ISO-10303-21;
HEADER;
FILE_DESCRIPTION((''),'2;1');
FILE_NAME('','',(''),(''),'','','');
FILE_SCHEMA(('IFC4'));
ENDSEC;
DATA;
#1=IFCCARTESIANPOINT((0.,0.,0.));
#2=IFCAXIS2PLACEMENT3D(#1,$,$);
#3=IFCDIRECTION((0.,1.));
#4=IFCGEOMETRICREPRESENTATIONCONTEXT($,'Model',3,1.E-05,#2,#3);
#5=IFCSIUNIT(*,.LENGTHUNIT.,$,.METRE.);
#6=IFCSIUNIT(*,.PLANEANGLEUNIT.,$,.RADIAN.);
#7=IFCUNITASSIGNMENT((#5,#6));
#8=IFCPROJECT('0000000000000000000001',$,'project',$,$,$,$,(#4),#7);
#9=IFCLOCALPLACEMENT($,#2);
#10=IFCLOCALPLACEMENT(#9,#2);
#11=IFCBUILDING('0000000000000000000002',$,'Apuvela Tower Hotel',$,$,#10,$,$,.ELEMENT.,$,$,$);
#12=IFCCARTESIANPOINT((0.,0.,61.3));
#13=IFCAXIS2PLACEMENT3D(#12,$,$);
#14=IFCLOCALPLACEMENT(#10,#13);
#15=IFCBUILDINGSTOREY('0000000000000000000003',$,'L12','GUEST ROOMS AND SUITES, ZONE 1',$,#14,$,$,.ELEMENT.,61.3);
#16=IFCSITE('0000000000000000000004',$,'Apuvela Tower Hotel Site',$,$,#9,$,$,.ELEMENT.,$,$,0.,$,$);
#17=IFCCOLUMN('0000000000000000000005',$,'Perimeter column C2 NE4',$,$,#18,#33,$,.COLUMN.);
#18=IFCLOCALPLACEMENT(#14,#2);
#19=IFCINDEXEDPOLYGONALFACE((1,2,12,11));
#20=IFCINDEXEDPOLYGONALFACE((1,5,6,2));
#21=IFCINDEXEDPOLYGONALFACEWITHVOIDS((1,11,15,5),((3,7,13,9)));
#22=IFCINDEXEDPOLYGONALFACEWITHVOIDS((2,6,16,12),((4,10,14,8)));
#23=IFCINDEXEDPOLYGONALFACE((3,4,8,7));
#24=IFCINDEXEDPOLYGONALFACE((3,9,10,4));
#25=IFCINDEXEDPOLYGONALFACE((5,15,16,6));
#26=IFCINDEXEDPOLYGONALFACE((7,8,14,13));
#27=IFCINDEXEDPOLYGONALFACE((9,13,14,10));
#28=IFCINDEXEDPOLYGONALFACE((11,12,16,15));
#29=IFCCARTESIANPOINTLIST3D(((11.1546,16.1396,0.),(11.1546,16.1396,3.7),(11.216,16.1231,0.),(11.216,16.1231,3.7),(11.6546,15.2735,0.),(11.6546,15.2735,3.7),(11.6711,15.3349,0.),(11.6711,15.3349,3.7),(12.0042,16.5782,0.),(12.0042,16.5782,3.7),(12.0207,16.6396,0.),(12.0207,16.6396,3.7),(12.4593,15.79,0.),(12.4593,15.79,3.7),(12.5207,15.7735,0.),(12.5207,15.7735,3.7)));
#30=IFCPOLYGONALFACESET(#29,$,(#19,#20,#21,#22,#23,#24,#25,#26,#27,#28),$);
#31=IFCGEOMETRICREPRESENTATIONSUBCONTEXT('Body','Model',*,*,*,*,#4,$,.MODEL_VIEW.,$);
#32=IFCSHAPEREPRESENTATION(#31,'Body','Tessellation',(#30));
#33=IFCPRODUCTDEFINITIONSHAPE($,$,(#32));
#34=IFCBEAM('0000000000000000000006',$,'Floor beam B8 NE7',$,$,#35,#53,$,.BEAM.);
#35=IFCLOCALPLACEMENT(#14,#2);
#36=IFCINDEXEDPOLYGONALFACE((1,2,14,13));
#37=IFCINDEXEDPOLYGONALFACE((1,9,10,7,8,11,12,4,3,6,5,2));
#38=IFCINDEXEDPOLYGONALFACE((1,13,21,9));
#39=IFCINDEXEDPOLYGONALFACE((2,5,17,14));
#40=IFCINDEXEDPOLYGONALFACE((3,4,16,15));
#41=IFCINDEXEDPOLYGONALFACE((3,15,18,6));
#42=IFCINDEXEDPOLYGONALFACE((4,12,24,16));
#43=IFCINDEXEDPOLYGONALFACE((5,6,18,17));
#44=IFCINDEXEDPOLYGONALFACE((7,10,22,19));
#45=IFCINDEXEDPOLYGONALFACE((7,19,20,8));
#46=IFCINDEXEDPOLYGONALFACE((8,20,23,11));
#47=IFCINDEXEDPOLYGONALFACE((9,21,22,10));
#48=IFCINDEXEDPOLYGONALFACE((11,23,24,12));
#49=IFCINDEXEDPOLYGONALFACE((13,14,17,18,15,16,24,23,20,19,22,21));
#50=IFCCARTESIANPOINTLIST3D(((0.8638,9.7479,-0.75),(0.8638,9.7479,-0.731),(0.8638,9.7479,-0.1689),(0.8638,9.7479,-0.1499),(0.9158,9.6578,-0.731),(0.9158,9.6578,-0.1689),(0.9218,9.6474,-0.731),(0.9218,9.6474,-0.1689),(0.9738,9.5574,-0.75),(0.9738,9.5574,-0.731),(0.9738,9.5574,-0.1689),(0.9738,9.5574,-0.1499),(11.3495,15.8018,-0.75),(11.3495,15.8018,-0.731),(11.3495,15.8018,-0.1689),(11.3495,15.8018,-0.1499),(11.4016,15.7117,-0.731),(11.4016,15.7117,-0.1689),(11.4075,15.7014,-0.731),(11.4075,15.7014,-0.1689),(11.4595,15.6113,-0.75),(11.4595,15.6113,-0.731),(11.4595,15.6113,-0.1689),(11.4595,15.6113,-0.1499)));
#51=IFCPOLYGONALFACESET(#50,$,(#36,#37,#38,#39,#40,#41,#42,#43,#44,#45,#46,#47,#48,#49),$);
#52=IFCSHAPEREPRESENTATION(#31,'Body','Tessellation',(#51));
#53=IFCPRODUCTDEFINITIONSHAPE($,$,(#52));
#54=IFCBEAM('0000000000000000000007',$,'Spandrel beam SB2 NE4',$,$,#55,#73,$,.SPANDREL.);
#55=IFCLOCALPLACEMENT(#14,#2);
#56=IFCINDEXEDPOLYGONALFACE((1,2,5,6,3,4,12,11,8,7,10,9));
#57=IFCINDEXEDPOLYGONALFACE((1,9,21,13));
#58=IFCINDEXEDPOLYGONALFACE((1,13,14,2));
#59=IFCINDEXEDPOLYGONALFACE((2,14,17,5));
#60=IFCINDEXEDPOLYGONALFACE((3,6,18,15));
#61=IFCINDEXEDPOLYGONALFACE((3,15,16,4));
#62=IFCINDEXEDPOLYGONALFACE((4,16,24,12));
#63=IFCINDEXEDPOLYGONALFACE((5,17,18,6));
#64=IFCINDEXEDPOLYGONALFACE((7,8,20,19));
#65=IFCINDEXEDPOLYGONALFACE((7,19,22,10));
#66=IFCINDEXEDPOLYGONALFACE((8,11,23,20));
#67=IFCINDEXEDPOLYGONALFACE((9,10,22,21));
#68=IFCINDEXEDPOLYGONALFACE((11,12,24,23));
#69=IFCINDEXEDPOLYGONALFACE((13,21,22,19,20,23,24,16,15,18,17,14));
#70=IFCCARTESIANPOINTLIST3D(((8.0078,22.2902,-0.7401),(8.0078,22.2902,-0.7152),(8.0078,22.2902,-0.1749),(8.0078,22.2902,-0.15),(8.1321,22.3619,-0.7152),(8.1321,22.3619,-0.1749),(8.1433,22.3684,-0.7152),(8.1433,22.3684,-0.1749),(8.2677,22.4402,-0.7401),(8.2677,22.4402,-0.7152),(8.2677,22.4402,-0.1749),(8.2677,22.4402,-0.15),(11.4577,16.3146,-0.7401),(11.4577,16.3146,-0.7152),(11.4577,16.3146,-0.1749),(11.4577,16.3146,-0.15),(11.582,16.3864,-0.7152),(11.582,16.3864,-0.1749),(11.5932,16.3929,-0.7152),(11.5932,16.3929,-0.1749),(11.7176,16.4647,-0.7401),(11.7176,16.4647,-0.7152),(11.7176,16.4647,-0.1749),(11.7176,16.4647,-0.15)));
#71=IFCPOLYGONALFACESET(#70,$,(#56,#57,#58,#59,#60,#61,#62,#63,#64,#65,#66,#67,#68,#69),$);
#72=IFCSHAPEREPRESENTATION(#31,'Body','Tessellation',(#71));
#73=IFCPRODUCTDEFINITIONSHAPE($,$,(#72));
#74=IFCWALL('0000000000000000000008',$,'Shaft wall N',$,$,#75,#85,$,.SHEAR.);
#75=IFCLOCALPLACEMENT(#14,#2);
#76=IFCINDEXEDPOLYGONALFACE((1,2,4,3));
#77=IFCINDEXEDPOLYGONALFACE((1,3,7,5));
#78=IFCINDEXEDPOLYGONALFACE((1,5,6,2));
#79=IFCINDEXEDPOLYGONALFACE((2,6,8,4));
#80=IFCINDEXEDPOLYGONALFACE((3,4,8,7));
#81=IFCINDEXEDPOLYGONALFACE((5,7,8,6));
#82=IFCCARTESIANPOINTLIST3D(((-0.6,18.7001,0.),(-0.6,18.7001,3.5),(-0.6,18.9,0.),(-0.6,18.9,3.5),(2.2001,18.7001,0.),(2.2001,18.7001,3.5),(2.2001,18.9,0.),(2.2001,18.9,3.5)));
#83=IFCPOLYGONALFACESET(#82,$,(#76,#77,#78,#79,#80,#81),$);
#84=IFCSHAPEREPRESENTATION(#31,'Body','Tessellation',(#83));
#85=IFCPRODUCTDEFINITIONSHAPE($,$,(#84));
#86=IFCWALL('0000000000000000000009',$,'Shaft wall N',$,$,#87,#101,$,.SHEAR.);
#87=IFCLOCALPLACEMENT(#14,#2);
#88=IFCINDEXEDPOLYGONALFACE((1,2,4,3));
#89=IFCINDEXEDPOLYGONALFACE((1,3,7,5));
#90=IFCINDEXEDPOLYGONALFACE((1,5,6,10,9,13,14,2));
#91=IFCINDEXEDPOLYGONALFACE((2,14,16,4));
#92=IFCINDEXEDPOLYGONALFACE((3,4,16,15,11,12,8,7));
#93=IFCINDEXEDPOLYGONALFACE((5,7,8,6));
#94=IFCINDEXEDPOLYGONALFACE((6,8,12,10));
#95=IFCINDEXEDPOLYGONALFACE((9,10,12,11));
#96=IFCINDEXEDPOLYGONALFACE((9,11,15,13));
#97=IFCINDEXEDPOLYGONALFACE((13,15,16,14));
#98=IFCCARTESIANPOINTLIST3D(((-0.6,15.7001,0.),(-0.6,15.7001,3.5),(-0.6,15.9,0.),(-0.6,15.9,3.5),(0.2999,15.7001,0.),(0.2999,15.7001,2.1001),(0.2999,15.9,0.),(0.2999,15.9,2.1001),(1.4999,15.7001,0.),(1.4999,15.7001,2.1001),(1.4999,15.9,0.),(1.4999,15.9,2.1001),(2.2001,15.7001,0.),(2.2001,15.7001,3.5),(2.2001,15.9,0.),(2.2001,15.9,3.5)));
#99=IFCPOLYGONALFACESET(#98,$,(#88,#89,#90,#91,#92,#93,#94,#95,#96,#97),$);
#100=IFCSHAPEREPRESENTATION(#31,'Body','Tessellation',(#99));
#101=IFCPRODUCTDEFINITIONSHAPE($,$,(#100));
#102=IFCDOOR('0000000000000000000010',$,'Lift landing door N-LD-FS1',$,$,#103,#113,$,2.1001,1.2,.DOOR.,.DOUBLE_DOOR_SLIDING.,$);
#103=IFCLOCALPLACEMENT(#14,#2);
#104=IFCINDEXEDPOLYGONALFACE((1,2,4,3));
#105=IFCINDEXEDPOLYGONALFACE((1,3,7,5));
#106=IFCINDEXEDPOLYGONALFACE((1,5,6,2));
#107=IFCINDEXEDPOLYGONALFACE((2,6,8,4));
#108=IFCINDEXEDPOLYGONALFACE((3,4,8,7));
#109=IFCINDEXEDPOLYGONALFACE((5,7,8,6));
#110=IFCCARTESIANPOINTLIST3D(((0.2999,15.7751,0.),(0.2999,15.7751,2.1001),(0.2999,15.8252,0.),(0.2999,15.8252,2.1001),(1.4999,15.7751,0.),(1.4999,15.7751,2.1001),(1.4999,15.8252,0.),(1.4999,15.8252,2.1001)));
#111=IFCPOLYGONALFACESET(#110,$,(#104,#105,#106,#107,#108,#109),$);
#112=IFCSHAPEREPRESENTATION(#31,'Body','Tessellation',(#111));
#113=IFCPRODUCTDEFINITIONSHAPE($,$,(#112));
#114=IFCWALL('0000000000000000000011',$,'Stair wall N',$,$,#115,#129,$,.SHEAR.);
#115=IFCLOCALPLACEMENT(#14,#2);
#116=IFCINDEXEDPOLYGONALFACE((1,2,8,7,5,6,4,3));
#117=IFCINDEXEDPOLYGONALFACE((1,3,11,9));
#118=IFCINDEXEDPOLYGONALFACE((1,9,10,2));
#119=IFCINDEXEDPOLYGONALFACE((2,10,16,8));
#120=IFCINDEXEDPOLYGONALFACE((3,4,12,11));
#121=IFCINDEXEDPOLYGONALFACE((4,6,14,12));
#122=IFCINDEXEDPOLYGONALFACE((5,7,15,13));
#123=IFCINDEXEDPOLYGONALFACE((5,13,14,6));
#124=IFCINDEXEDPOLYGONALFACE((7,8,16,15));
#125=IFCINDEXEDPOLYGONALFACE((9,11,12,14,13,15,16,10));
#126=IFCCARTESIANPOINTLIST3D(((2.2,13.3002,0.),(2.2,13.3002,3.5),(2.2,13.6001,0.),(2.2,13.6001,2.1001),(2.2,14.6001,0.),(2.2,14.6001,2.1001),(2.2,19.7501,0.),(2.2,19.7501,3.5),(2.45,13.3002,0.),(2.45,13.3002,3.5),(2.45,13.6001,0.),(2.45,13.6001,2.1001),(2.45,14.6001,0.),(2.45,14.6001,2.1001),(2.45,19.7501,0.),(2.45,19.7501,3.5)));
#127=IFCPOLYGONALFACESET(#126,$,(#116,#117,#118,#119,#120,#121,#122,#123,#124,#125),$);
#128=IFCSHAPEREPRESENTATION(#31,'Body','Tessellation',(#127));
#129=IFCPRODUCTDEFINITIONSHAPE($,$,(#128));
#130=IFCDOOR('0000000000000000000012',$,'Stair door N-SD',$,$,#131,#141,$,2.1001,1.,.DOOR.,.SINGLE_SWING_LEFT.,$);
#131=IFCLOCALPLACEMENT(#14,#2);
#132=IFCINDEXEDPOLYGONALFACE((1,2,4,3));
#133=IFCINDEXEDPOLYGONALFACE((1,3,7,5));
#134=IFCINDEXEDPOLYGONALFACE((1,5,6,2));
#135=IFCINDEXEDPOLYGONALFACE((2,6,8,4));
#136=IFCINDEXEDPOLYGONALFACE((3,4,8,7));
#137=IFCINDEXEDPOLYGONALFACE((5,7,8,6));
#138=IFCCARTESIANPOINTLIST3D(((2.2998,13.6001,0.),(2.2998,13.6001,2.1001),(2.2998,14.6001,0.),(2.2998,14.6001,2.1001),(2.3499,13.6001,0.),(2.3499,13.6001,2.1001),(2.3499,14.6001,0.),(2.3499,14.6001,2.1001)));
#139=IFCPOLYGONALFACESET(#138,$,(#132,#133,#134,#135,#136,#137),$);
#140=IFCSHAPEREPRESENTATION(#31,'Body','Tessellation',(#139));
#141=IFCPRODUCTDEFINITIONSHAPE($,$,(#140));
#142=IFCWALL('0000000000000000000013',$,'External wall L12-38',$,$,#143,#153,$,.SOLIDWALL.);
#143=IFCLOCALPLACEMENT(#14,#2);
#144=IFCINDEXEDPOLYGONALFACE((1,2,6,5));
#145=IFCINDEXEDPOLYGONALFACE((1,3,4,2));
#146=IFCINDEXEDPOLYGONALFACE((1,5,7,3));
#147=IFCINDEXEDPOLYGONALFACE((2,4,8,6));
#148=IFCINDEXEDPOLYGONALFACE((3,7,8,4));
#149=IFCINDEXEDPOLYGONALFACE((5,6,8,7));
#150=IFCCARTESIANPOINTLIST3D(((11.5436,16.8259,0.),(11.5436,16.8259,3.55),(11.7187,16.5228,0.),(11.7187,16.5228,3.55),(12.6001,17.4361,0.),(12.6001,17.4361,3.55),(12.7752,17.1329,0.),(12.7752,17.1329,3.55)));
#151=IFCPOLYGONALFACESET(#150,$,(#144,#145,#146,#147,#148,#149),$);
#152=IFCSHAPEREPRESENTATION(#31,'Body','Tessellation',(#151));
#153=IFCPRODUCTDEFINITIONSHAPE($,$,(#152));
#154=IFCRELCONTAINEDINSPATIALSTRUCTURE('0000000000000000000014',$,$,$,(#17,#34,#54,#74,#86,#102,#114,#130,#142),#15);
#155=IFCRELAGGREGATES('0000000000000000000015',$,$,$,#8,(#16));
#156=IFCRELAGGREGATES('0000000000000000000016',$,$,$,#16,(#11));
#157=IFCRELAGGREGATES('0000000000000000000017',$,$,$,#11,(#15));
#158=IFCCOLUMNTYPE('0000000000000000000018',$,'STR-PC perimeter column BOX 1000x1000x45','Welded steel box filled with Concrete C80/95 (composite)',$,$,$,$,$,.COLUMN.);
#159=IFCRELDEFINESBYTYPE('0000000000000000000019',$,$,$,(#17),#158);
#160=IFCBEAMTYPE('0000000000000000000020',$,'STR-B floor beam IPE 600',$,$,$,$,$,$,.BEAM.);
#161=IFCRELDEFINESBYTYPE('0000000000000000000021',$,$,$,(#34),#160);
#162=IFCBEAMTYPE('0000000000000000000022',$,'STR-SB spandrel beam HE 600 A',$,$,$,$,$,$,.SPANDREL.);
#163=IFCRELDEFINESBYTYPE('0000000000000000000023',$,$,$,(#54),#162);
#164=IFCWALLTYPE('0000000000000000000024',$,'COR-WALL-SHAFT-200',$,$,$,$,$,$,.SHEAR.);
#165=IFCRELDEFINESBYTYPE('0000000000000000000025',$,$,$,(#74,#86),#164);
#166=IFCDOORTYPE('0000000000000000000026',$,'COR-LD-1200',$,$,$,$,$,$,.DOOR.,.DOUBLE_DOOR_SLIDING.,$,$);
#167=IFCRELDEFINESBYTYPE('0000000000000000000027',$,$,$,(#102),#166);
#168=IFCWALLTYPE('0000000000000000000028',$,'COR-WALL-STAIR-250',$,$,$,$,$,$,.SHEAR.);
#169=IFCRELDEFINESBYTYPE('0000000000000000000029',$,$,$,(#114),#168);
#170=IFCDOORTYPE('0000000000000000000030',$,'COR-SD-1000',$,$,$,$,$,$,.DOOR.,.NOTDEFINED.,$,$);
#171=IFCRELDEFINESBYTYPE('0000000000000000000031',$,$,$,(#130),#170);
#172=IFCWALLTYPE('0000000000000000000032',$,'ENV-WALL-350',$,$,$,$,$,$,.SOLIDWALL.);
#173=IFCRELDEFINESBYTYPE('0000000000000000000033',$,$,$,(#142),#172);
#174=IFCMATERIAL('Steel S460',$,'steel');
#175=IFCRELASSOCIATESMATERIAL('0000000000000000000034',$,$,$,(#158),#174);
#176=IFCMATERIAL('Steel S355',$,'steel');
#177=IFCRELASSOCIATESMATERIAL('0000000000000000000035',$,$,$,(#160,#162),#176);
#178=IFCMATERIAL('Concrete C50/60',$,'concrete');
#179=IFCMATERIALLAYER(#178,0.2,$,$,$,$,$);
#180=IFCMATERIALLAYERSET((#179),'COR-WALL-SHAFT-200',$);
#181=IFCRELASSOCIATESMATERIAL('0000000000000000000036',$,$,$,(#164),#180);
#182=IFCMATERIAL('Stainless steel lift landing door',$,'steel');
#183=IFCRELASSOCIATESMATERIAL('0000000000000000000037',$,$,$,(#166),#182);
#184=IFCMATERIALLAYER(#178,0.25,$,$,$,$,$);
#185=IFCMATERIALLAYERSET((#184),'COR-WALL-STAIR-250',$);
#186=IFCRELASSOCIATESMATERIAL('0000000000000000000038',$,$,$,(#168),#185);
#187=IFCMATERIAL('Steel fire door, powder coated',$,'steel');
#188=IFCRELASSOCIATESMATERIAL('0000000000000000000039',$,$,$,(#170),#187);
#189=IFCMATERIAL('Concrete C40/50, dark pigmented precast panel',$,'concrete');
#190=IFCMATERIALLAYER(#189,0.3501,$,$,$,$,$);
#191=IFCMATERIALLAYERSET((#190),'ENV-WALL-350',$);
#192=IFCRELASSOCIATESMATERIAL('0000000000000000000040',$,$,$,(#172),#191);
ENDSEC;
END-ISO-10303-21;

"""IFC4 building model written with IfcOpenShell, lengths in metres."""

from ifc_helpers import new_model, si_unit, direction, frame, frame_2d, origin, origin_2d, place, context, subcontext, project, spatial, rectangle, hollow_rectangle, i_section, extrude, material, layer, layer_set, material_profile, profile_set, type_object, element, fill, save


model = new_model("IFC4")

# Units and contexts
model_context = context("Model", 3, precision=1e-05, world=origin(), true_north=direction((0.0, 1.0)))
body_context = subcontext(model_context, "Body", "Model", "MODEL_VIEW")
ifc_project = project(units=[si_unit("LENGTHUNIT", "METRE"), si_unit("PLANEANGLEUNIT", "RADIAN")], contexts=[model_context])

# Site, building, storey
site_placement = place(None, origin())
site = spatial("IfcSite", under=ifc_project, at=site_placement, Name="Apuvela Tower Hotel Site", CompositionType="ELEMENT", RefElevation=0.0)
building_placement = place(site_placement, origin())
building = spatial("IfcBuilding", under=site, at=building_placement, Name="Apuvela Tower Hotel", CompositionType="ELEMENT")
storey_placement = place(building_placement, frame((0.0, 0.0, 61.3)))
storey = spatial("IfcBuildingStorey", under=building, at=storey_placement, Name="L12", Description="GUEST ROOMS AND SUITES, ZONE 1", CompositionType="ELEMENT", Elevation=61.3)

# Column
ifc_material_1 = material(Name="Steel S460", Category="steel")
ifc_material_profile_1 = material_profile(ifc_material_1, hollow_rectangle(XDim=1.0, YDim=1.0, WallThickness=0.0449, at=origin_2d()), Name="BOX 1000x1000x45")
ifc_material_2 = material(Name="Concrete C80/95", Category="concrete")
ifc_material_profile_2 = material_profile(ifc_material_2, rectangle(XDim=0.9099, YDim=0.9099, at=origin_2d()), Name="Concrete C80/95 infill")
ifc_profile_set_1 = profile_set([ifc_material_profile_1, ifc_material_profile_2], Name="Steel S460")
column_type = type_object("IfcColumnType", Name="STR-PC perimeter column BOX 1000x1000x45", Description="Welded steel box filled with Concrete C80/95 (composite)", PredefinedType="COLUMN", material=ifc_profile_set_1)
column_placement = place(storey_placement, frame((11.8376, 15.9565, 0.0), z_axis=(0.0, 0.0, 1.0), x_axis=(-0.5, 0.866025, 0.0)))
element("IfcColumn", 1, at=column_placement, inside=storey, type_object=column_type, Name="Perimeter column C2 NE4", PredefinedType="COLUMN", context=body_context, shape_type="SweptSolid", body=[
    extrude(hollow_rectangle(XDim=1.0, YDim=1.0, WallThickness=0.0449, at=origin_2d()), origin(), (0.0, 0.0, 1.0), 3.7),
])

# Beams
ifc_material_3 = material(Name="Steel S355", Category="steel")
ifc_material_profile_3 = material_profile(ifc_material_3, i_section(OverallWidth=0.22, OverallDepth=0.6001, WebThickness=0.012, FlangeThickness=0.019, at=origin_2d()), Name="IPE 600")
ifc_profile_set_2 = profile_set([ifc_material_profile_3], Name="Steel S355")
beam_type_1 = type_object("IfcBeamType", Name="STR-B floor beam IPE 600", PredefinedType="BEAM", material=ifc_profile_set_2)
beam_1_placement = place(storey_placement, frame((11.4045, 15.7065, -0.45), z_axis=(-0.866027, -0.499997, 0.0), x_axis=(0.499997, -0.866027, 0.0)))
element("IfcBeam", 2, at=beam_1_placement, inside=storey, type_object=beam_type_1, Name="Floor beam B8 NE7", PredefinedType="BEAM", context=body_context, shape_type="SweptSolid", body=[
    extrude(i_section(OverallWidth=0.22, OverallDepth=0.6001, WebThickness=0.012, FlangeThickness=0.019, at=origin_2d()), origin(), (0.0, 0.0, 1.0), 12.1079),
])
ifc_material_profile_4 = material_profile(ifc_material_3, i_section(OverallWidth=0.3, OverallDepth=0.5901, WebThickness=0.0129, FlangeThickness=0.0249, at=origin_2d()), Name="HE 600 A")
ifc_profile_set_3 = profile_set([ifc_material_profile_4], Name="Steel S355")
beam_type_2 = type_object("IfcBeamType", Name="STR-SB spandrel beam HE 600 A", PredefinedType="SPANDREL", material=ifc_profile_set_3)
beam_2_placement = place(storey_placement, frame((11.5876, 16.3896, -0.4451), z_axis=(-0.499994, 0.866029, 0.0), x_axis=(-0.866029, -0.499994, 0.0)))
element("IfcBeam", 3, at=beam_2_placement, inside=storey, type_object=beam_type_2, Name="Spandrel beam SB2 NE4", PredefinedType="SPANDREL", context=body_context, shape_type="SweptSolid", body=[
    extrude(i_section(OverallWidth=0.3, OverallDepth=0.5901, WebThickness=0.0129, FlangeThickness=0.0249, at=origin_2d()), origin(), (0.0, 0.0, 1.0), 6.8999),
])

# Wall
ifc_material_4 = material(Name="Concrete C50/60", Category="concrete")
ifc_layer_1 = layer(ifc_material_4, 0.2)
ifc_layer_set_1 = layer_set([ifc_layer_1], Name="COR-WALL-SHAFT-200")
wall_type_1 = type_object("IfcWallType", Name="COR-WALL-SHAFT-200", PredefinedType="SHEAR", material=ifc_layer_set_1)
wall_1_placement = place(storey_placement, frame((2.2, 18.8, 0.0), z_axis=(0.0, 0.0, 1.0), x_axis=(-1.0, 0.0, 0.0)))
element("IfcWall", 4, at=wall_1_placement, inside=storey, type_object=wall_type_1, Name="Shaft wall N", PredefinedType="SHEAR", context=body_context, shape_type="SweptSolid", body=[
    extrude(rectangle(XDim=2.8, YDim=0.2, at=frame_2d((1.3999, 0.0))), origin(), (0.0, 0.0, 1.0), 3.5),
])

# Walls, openings, doors
wall_2_placement = place(storey_placement, frame((2.2, 15.8, 0.0), z_axis=(0.0, 0.0, 1.0), x_axis=(-1.0, 0.0, 0.0)))
wall_2 = element("IfcWall", 5, at=wall_2_placement, inside=storey, type_object=wall_type_1, Name="Shaft wall N", PredefinedType="SHEAR", context=body_context, shape_type="SweptSolid", body=[
    extrude(rectangle(XDim=2.8, YDim=0.2, at=frame_2d((1.3999, 0.0))), origin(), (0.0, 0.0, 1.0), 3.5),
])
opening_1_placement = place(wall_2_placement, frame((0.7, 0.0, 0.0)))
opening_1 = element("IfcOpeningElement", 6, at=opening_1_placement, cuts=wall_2, PredefinedType="OPENING", context=body_context, shape_type="SweptSolid", body=[
    extrude(rectangle(XDim=1.2, YDim=2.1001, at=frame_2d((0.6001, 1.05))), frame((0.0, 0.1099, 0.0), z_axis=(0.0, -1.0, 0.0), x_axis=(1.0, 0.0, 0.0)), (0.0, 0.0, 1.0), 0.22),
])
ifc_material_5 = material(Name="Stainless steel lift landing door", Category="steel")
door_type_1 = type_object("IfcDoorType", Name="COR-LD-1200", OperationType="DOUBLE_DOOR_SLIDING", PredefinedType="DOOR", material=ifc_material_5)
door_1_placement = place(opening_1_placement, origin())
door_1 = element("IfcDoor", 7, at=door_1_placement, inside=storey, type_object=door_type_1, Name="Lift landing door N-LD-FS1", OperationType="DOUBLE_DOOR_SLIDING", OverallHeight=2.1001, OverallWidth=1.2, PredefinedType="DOOR", context=body_context, shape_type="SweptSolid", body=[
    extrude(rectangle(XDim=1.2, YDim=2.1001, at=frame_2d((0.6001, 1.05))), frame((0.0, 0.0249, 0.0), z_axis=(0.0, -1.0, 0.0), x_axis=(1.0, 0.0, 0.0)), (0.0, 0.0, 1.0), 0.05),
])
fill(opening_1, door_1)
ifc_layer_2 = layer(ifc_material_4, 0.25)
ifc_layer_set_2 = layer_set([ifc_layer_2], Name="COR-WALL-STAIR-250")
wall_type_2 = type_object("IfcWallType", Name="COR-WALL-STAIR-250", PredefinedType="SHEAR", material=ifc_layer_set_2)
wall_3_placement = place(storey_placement, frame((2.325, 13.3, 0.0), z_axis=(0.0, 0.0, 1.0), x_axis=(0.0, 1.0, 0.0)))
wall_3 = element("IfcWall", 8, at=wall_3_placement, inside=storey, type_object=wall_type_2, Name="Stair wall N", PredefinedType="SHEAR", context=body_context, shape_type="SweptSolid", body=[
    extrude(rectangle(XDim=6.45, YDim=0.25, at=frame_2d((3.2251, 0.0))), origin(), (0.0, 0.0, 1.0), 3.5),
])
opening_2_placement = place(wall_3_placement, frame((0.3, 0.0, 0.0)))
opening_2 = element("IfcOpeningElement", 9, at=opening_2_placement, cuts=wall_3, PredefinedType="OPENING", context=body_context, shape_type="SweptSolid", body=[
    extrude(rectangle(XDim=1.0, YDim=2.1001, at=frame_2d((0.5, 1.05))), frame((0.0, 0.135, 0.0), z_axis=(0.0, -1.0, 0.0), x_axis=(1.0, 0.0, 0.0)), (0.0, 0.0, 1.0), 0.27),
])
ifc_material_6 = material(Name="Steel fire door, powder coated", Category="steel")
door_type_2 = type_object("IfcDoorType", Name="COR-SD-1000", OperationType="NOTDEFINED", PredefinedType="DOOR", material=ifc_material_6)
door_2_placement = place(opening_2_placement, frame((1.0, 0.0, 0.0), z_axis=(0.0, 0.0, 1.0), x_axis=(-1.0, 0.0, 0.0)))
door_2 = element("IfcDoor", 10, at=door_2_placement, inside=storey, type_object=door_type_2, Name="Stair door N-SD", OperationType="SINGLE_SWING_LEFT", OverallHeight=2.1001, OverallWidth=1.0, PredefinedType="DOOR", context=body_context, shape_type="SweptSolid", body=[
    extrude(rectangle(XDim=1.0, YDim=2.1001, at=frame_2d((0.5, 1.05))), frame((0.0, 0.0249, 0.0), z_axis=(0.0, -1.0, 0.0), x_axis=(1.0, 0.0, 0.0)), (0.0, 0.0, 1.0), 0.05),
])
fill(opening_2, door_2)

# Wall
ifc_material_7 = material(Name="Concrete C40/50, dark pigmented precast panel", Category="concrete")
ifc_layer_3 = layer(ifc_material_7, 0.3501)
ifc_layer_set_3 = layer_set([ifc_layer_3], Name="ENV-WALL-350")
wall_type_3 = type_object("IfcWallType", Name="ENV-WALL-350", PredefinedType="SOLIDWALL", material=ifc_layer_set_3)
wall_4_placement = place(storey_placement, frame((12.6875, 17.2844, 0.0), z_axis=(0.0, 0.0, 1.0), x_axis=(-0.865956, -0.500121, 0.0)))
element("IfcWall", 11, at=wall_4_placement, inside=storey, type_object=wall_type_3, Name="External wall L12-38", PredefinedType="SOLIDWALL", context=body_context, shape_type="SweptSolid", body=[
    extrude(rectangle(XDim=1.22, YDim=0.3501, at=frame_2d((0.6099, 0.0))), origin(), (0.0, 0.0, 1.0), 3.55),
])

save(model, "model.ifc")
